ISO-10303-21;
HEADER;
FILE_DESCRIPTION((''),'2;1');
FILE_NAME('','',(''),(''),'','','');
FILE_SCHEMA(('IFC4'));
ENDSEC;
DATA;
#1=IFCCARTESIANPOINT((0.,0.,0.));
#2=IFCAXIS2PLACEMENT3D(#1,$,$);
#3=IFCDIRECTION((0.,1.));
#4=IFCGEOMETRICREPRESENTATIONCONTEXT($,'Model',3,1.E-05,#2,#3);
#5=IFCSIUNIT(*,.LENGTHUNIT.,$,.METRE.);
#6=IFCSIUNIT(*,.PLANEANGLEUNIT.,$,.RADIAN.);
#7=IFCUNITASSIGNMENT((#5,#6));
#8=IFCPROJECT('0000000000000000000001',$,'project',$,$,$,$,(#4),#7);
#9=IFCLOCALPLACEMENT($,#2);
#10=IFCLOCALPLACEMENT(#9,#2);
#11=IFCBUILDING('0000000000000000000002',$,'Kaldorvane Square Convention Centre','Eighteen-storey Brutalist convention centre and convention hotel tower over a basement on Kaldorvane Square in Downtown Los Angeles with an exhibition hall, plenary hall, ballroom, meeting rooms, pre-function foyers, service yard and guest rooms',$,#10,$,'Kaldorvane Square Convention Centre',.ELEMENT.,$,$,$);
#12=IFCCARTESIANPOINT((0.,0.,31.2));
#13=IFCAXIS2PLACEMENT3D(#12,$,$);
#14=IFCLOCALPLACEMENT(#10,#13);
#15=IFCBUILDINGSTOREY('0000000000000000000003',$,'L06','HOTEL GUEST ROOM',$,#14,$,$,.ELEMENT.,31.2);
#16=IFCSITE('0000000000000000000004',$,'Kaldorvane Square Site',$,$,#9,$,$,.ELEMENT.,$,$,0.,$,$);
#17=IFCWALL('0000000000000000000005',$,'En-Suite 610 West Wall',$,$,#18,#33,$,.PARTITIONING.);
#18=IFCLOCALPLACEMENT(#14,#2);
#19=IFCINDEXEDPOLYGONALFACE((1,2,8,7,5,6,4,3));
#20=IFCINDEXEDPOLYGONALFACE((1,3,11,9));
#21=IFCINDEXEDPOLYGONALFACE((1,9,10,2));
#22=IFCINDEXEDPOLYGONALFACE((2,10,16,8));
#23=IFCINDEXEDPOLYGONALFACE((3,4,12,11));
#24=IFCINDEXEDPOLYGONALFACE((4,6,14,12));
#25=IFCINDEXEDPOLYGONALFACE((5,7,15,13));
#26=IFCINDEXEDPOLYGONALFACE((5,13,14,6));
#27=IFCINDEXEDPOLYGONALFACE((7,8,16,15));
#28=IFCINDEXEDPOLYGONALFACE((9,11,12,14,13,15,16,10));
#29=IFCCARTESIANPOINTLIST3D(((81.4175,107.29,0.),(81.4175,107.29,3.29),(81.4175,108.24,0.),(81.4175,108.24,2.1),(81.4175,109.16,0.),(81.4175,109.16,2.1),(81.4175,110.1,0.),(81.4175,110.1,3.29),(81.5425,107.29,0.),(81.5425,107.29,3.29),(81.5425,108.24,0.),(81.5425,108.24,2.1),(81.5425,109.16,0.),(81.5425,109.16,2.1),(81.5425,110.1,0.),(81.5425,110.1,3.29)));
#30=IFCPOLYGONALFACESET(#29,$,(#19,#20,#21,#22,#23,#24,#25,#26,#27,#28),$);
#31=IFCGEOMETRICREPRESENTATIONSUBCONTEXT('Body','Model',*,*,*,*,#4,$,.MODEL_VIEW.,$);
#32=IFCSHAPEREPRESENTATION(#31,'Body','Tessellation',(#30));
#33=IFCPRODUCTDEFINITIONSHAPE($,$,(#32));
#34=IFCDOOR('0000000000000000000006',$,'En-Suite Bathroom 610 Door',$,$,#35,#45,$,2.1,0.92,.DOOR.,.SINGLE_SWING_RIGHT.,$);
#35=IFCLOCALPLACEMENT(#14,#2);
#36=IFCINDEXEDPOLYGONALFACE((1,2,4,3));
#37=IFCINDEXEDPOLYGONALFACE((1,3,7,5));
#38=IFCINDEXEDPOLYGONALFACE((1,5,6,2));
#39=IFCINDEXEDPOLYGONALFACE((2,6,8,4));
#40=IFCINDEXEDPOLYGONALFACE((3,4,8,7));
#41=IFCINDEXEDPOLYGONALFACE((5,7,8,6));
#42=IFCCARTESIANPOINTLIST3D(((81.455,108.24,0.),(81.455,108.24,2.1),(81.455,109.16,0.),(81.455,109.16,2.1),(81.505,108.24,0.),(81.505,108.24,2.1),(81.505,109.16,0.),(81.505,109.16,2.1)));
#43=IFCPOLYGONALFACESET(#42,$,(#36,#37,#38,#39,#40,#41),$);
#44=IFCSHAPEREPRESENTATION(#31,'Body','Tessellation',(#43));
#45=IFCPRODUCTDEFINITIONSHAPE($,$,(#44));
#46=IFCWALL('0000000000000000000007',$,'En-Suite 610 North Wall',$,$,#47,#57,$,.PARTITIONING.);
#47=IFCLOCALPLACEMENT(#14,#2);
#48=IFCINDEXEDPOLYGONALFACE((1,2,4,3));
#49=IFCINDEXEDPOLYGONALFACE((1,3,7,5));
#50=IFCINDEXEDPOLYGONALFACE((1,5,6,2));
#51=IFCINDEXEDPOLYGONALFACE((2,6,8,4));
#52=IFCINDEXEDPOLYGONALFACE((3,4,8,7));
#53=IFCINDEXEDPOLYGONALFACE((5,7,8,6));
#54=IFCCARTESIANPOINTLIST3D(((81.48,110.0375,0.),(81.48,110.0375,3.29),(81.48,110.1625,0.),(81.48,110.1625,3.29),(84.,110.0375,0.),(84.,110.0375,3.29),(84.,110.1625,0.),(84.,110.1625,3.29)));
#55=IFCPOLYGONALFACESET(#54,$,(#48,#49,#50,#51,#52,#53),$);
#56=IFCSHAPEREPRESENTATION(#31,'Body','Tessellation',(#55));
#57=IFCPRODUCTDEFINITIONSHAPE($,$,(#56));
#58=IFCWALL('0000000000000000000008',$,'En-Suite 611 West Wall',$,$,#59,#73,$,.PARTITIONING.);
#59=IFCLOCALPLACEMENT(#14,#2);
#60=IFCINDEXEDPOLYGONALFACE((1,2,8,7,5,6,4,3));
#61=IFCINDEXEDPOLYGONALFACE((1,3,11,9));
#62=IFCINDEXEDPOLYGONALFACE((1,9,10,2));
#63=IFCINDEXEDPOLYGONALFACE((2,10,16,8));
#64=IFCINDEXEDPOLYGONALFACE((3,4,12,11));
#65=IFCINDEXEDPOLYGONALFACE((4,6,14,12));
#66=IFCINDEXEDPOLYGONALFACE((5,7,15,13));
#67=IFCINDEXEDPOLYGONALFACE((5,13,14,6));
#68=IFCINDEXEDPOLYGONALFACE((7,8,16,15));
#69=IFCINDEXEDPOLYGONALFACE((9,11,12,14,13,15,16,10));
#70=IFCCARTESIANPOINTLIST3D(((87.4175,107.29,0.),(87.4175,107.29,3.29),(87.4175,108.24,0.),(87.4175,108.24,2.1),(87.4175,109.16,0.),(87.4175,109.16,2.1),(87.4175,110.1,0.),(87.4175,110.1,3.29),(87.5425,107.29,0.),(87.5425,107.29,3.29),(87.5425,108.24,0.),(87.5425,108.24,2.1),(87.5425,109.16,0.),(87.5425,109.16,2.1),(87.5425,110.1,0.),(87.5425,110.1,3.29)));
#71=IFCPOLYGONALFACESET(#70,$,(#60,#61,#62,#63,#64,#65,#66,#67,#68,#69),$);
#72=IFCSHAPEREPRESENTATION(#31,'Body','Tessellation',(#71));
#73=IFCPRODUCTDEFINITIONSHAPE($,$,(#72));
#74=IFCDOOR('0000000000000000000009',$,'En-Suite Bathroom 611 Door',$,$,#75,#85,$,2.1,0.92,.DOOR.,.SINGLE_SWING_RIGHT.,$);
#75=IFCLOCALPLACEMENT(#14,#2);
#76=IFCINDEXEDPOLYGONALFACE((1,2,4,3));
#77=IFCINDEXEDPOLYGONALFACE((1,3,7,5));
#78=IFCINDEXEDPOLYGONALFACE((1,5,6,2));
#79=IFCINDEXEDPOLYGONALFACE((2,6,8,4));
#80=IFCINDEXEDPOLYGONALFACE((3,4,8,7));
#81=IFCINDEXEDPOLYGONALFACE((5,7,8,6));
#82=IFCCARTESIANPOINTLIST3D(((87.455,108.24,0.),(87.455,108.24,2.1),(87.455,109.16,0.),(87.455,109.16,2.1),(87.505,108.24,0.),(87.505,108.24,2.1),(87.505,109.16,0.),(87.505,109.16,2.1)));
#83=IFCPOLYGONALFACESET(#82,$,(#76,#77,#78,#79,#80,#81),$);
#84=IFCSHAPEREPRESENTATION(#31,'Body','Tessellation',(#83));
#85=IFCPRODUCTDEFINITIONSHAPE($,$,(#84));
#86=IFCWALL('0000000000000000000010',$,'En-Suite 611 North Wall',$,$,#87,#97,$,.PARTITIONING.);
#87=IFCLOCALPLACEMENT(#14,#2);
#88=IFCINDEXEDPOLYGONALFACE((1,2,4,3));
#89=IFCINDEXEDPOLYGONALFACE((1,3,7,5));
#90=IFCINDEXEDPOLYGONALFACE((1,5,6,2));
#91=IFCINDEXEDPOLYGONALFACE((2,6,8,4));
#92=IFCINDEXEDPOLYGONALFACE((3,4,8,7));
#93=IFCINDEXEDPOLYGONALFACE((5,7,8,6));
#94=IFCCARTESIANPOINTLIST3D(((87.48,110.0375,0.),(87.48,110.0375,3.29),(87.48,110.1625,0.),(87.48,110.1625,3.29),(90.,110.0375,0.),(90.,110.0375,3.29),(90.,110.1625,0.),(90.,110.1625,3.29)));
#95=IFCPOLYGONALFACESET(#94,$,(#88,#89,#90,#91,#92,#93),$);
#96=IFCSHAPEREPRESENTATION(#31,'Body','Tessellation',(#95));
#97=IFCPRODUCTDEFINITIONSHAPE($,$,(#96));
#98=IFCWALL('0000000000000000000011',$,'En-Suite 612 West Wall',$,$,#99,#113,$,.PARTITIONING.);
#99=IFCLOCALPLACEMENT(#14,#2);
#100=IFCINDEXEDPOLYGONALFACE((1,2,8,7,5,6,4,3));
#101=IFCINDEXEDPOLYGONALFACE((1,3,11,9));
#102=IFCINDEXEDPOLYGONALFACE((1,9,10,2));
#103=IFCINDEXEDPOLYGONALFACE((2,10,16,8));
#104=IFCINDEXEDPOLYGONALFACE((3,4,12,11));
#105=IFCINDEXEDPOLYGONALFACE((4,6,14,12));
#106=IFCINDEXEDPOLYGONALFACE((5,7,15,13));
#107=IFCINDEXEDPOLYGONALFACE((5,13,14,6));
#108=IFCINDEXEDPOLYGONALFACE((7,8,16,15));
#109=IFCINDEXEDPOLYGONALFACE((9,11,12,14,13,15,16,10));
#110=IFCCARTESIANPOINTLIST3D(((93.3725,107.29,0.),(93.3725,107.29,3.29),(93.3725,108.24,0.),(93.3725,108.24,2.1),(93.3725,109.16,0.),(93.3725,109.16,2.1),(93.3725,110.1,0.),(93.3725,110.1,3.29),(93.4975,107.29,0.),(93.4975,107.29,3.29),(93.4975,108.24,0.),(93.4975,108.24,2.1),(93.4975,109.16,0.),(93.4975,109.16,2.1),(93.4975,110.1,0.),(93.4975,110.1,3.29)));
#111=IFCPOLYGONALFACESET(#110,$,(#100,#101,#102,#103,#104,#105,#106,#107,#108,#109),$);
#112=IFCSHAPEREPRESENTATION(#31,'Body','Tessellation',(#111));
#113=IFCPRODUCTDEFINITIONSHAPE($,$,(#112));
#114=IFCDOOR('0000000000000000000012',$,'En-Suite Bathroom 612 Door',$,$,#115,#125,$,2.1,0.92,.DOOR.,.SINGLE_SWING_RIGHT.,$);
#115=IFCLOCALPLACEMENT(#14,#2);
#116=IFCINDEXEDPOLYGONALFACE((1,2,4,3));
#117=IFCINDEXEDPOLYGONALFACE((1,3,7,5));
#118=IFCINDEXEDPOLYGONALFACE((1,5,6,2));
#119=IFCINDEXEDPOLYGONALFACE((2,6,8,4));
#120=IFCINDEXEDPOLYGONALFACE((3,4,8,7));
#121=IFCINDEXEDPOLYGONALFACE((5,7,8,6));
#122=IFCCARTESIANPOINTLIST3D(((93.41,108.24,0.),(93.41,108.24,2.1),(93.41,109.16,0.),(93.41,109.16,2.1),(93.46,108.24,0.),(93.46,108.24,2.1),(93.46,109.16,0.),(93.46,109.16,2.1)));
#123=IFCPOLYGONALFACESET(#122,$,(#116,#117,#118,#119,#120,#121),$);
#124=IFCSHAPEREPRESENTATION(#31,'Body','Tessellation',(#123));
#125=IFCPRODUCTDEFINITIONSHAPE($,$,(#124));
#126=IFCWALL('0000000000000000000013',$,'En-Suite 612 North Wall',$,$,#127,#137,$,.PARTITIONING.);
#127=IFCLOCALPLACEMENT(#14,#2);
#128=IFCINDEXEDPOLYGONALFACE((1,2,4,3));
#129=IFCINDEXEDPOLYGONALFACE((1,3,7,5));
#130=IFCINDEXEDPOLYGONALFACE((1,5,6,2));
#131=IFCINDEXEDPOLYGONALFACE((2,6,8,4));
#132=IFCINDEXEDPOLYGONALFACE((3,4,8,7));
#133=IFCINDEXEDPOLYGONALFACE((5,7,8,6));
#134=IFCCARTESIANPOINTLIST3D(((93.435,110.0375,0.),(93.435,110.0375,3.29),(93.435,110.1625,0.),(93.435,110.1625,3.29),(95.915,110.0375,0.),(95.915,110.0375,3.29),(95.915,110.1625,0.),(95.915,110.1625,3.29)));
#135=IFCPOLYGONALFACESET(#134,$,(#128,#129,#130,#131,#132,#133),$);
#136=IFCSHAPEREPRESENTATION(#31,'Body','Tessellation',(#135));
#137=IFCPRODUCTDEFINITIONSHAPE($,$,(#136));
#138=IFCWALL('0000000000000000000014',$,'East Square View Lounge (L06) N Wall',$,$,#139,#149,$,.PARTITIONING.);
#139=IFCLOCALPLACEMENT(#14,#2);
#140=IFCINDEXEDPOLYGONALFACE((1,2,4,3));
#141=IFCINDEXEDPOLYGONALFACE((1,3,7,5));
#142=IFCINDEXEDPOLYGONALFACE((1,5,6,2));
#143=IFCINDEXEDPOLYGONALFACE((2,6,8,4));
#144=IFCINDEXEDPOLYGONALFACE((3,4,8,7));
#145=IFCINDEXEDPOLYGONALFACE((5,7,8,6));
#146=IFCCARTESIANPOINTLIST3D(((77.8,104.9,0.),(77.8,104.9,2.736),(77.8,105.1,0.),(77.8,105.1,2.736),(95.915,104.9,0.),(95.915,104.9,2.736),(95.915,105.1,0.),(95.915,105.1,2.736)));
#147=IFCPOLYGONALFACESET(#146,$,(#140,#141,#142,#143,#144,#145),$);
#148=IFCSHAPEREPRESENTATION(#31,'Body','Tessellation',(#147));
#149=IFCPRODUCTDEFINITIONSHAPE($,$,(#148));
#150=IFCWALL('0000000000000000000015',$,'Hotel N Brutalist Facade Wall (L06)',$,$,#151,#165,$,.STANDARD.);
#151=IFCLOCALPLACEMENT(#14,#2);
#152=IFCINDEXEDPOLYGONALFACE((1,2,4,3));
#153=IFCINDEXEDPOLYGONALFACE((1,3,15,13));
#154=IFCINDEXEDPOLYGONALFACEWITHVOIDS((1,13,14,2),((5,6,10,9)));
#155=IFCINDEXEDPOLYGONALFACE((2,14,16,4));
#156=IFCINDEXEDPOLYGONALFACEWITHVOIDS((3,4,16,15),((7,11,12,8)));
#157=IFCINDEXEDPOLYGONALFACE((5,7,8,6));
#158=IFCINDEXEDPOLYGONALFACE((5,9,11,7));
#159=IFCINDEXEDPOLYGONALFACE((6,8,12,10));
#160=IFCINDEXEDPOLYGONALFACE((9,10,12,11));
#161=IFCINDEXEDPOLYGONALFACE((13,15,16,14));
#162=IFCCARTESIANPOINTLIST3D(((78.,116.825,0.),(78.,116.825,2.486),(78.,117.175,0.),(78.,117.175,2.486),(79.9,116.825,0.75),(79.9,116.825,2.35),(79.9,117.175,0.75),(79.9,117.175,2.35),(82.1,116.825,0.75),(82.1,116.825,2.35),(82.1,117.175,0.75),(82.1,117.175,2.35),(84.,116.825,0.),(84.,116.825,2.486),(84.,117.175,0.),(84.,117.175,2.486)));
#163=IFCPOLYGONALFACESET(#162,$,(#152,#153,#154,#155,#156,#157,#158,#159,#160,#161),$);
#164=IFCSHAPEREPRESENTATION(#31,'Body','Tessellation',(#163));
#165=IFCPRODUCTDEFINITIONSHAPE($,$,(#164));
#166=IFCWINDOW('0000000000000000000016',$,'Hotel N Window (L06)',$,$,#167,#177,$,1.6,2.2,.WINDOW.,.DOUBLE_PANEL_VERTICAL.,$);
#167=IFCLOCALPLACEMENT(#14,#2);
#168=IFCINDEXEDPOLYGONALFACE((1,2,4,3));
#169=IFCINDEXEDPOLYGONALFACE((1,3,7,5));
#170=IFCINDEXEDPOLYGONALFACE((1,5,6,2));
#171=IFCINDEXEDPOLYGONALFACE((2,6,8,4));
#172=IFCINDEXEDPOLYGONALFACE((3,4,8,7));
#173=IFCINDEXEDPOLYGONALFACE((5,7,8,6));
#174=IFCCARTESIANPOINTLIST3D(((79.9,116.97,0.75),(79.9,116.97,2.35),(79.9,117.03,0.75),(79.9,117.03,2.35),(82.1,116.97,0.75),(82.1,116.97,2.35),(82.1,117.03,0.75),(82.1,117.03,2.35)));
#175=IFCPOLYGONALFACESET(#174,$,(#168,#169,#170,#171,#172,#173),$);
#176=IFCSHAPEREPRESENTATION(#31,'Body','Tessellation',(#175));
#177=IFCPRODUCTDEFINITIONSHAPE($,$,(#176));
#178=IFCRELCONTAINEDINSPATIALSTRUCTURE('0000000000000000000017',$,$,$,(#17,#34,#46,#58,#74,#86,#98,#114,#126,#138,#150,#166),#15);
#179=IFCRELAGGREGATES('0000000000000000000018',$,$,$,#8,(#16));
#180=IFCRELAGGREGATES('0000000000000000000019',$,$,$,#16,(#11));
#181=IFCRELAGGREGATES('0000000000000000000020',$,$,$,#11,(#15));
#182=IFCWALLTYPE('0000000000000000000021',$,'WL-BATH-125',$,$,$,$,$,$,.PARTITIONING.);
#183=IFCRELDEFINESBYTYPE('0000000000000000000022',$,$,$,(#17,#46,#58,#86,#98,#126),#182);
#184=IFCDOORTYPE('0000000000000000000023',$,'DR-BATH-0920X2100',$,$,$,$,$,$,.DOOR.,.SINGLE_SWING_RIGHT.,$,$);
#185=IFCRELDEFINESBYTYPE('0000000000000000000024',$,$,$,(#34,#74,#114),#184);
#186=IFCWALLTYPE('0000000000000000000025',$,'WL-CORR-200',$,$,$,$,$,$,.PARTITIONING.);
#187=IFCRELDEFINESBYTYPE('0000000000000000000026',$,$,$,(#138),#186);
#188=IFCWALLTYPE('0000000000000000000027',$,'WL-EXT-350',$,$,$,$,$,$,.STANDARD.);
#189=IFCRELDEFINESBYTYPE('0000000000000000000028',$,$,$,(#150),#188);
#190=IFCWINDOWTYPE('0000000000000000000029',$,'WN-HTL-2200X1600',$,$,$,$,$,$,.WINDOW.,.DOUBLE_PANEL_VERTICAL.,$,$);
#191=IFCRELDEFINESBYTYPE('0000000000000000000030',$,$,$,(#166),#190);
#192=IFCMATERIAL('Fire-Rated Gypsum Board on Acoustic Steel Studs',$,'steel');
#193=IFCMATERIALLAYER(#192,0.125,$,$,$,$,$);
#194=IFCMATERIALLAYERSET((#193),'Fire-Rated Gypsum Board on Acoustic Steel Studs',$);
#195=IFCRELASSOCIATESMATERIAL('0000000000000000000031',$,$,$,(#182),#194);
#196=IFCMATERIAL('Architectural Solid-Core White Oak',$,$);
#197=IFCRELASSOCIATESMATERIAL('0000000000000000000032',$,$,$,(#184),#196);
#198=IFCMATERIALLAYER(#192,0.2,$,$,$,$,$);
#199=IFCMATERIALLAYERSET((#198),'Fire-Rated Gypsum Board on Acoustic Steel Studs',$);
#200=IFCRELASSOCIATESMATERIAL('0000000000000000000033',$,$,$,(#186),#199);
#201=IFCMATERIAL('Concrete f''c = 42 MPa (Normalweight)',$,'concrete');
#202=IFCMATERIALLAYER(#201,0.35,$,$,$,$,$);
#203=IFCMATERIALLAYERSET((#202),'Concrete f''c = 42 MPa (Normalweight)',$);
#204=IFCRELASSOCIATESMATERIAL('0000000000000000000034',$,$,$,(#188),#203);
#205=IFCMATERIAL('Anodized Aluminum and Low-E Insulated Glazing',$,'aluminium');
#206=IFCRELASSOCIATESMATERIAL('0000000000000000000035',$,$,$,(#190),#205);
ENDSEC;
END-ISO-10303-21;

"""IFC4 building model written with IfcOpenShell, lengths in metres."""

from ifc_helpers import new_model, si_unit, direction, frame, frame_2d, origin, place, context, subcontext, project, spatial, rectangle, extrude, material, layer, layer_set, type_object, element, fill, save


model = new_model("IFC4")

# Units and contexts
model_context = context("Model", 3, precision=1e-05, world=origin(), true_north=direction((0.0, 1.0)))
body_context = subcontext(model_context, "Body", "Model", "MODEL_VIEW")
ifc_project = project(units=[si_unit("LENGTHUNIT", "METRE"), si_unit("PLANEANGLEUNIT", "RADIAN")], contexts=[model_context])

# Site, building, storey
site_placement = place(None, origin())
site = spatial("IfcSite", under=ifc_project, at=site_placement, Name="Kaldorvane Square Site", CompositionType="ELEMENT", RefElevation=0.0)
building_placement = place(site_placement, origin())
building = spatial("IfcBuilding", under=site, at=building_placement, Name="Kaldorvane Square Convention Centre", Description="Eighteen-storey Brutalist convention centre and convention hotel tower over a basement on Kaldorvane Square in Downtown Los Angeles with an exhibition hall, plenary hall, ballroom, meeting rooms, pre-function foyers, service yard and guest rooms", LongName="Kaldorvane Square Convention Centre", CompositionType="ELEMENT")
storey_placement = place(building_placement, frame((0.0, 0.0, 31.2)))
storey = spatial("IfcBuildingStorey", under=building, at=storey_placement, Name="L06", Description="HOTEL GUEST ROOM", CompositionType="ELEMENT", Elevation=31.2)

# Shared definitions
ifc_material_1 = material(Name="Concrete f'c = 42 MPa (Normalweight)", Category="concrete")

# Wall, opening, door
ifc_material_2 = material(Name="Fire-Rated Gypsum Board on Acoustic Steel Studs", Category="steel")
ifc_layer_1 = layer(ifc_material_2, 0.125)
ifc_layer_set_1 = layer_set([ifc_layer_1], Name="Fire-Rated Gypsum Board on Acoustic Steel Studs")
wall_type_1 = type_object("IfcWallType", Name="WL-BATH-125", PredefinedType="PARTITIONING", material=ifc_layer_set_1)
wall_1_placement = place(storey_placement, frame((81.48, 107.29, 0.0), z_axis=(0.0, 0.0, 1.0), x_axis=(0.0, 1.0, 0.0)))
wall_1 = element("IfcWall", 1, at=wall_1_placement, inside=storey, type_object=wall_type_1, Name="En-Suite 610 West Wall", PredefinedType="PARTITIONING", context=body_context, shape_type="SweptSolid", body=[
    extrude(rectangle(XDim=2.81, YDim=0.125, at=frame_2d((1.405, 0.0))), origin(), (0.0, 0.0, 1.0), 3.29),
])
opening_1_placement = place(wall_1_placement, frame((0.95, 0.0, 0.0)))
opening_1 = element("IfcOpeningElement", 2, at=opening_1_placement, cuts=wall_1, PredefinedType="OPENING", context=body_context, shape_type="SweptSolid", body=[
    extrude(rectangle(XDim=0.92, YDim=2.1, at=frame_2d((0.46, 1.05))), frame((0.0, 0.0775, 0.0), z_axis=(0.0, -1.0, 0.0), x_axis=(1.0, 0.0, 0.0)), (0.0, 0.0, 1.0), 0.155),
])
ifc_material_3 = material(Name="Architectural Solid-Core White Oak")
door_type_1 = type_object("IfcDoorType", Name="DR-BATH-0920X2100", OperationType="SINGLE_SWING_RIGHT", PredefinedType="DOOR", material=ifc_material_3)
door_1_placement = place(opening_1_placement, origin())
door_1 = element("IfcDoor", 3, at=door_1_placement, inside=storey, type_object=door_type_1, Name="En-Suite Bathroom 610 Door", OperationType="SINGLE_SWING_RIGHT", OverallHeight=2.1, OverallWidth=0.92, PredefinedType="DOOR", context=body_context, shape_type="SweptSolid", body=[
    extrude(rectangle(XDim=0.92, YDim=2.1, at=frame_2d((0.46, 1.05))), frame((0.0, 0.025, 0.0), z_axis=(0.0, -1.0, 0.0), x_axis=(1.0, 0.0, 0.0)), (0.0, 0.0, 1.0), 0.05),
])
fill(opening_1, door_1)

# Wall
wall_2_placement = place(storey_placement, frame((81.48, 110.1, 0.0), z_axis=(0.0, 0.0, 1.0), x_axis=(1.0, 0.0, 0.0)))
element("IfcWall", 4, at=wall_2_placement, inside=storey, type_object=wall_type_1, Name="En-Suite 610 North Wall", PredefinedType="PARTITIONING", context=body_context, shape_type="SweptSolid", body=[
    extrude(rectangle(XDim=2.52, YDim=0.125, at=frame_2d((1.26, 0.0))), origin(), (0.0, 0.0, 1.0), 3.29),
])

# Wall, opening, door
wall_3_placement = place(storey_placement, frame((87.48, 107.29, 0.0), z_axis=(0.0, 0.0, 1.0), x_axis=(0.0, 1.0, 0.0)))
wall_3 = element("IfcWall", 5, at=wall_3_placement, inside=storey, type_object=wall_type_1, Name="En-Suite 611 West Wall", PredefinedType="PARTITIONING", context=body_context, shape_type="SweptSolid", body=[
    extrude(rectangle(XDim=2.81, YDim=0.125, at=frame_2d((1.405, 0.0))), origin(), (0.0, 0.0, 1.0), 3.29),
])
opening_2_placement = place(wall_3_placement, frame((0.95, 0.0, 0.0)))
opening_2 = element("IfcOpeningElement", 6, at=opening_2_placement, cuts=wall_3, PredefinedType="OPENING", context=body_context, shape_type="SweptSolid", body=[
    extrude(rectangle(XDim=0.92, YDim=2.1, at=frame_2d((0.46, 1.05))), frame((0.0, 0.0775, 0.0), z_axis=(0.0, -1.0, 0.0), x_axis=(1.0, 0.0, 0.0)), (0.0, 0.0, 1.0), 0.155),
])
door_2_placement = place(opening_2_placement, origin())
door_2 = element("IfcDoor", 7, at=door_2_placement, inside=storey, type_object=door_type_1, Name="En-Suite Bathroom 611 Door", OperationType="SINGLE_SWING_RIGHT", OverallHeight=2.1, OverallWidth=0.92, PredefinedType="DOOR", context=body_context, shape_type="SweptSolid", body=[
    extrude(rectangle(XDim=0.92, YDim=2.1, at=frame_2d((0.46, 1.05))), frame((0.0, 0.025, 0.0), z_axis=(0.0, -1.0, 0.0), x_axis=(1.0, 0.0, 0.0)), (0.0, 0.0, 1.0), 0.05),
])
fill(opening_2, door_2)

# Wall
wall_4_placement = place(storey_placement, frame((87.48, 110.1, 0.0), z_axis=(0.0, 0.0, 1.0), x_axis=(1.0, 0.0, 0.0)))
element("IfcWall", 8, at=wall_4_placement, inside=storey, type_object=wall_type_1, Name="En-Suite 611 North Wall", PredefinedType="PARTITIONING", context=body_context, shape_type="SweptSolid", body=[
    extrude(rectangle(XDim=2.52, YDim=0.125, at=frame_2d((1.26, 0.0))), origin(), (0.0, 0.0, 1.0), 3.29),
])

# Wall, opening, door
wall_5_placement = place(storey_placement, frame((93.435, 107.29, 0.0), z_axis=(0.0, 0.0, 1.0), x_axis=(0.0, 1.0, 0.0)))
wall_5 = element("IfcWall", 9, at=wall_5_placement, inside=storey, type_object=wall_type_1, Name="En-Suite 612 West Wall", PredefinedType="PARTITIONING", context=body_context, shape_type="SweptSolid", body=[
    extrude(rectangle(XDim=2.81, YDim=0.125, at=frame_2d((1.405, 0.0))), origin(), (0.0, 0.0, 1.0), 3.29),
])
opening_3_placement = place(wall_5_placement, frame((0.95, 0.0, 0.0)))
opening_3 = element("IfcOpeningElement", 10, at=opening_3_placement, cuts=wall_5, PredefinedType="OPENING", context=body_context, shape_type="SweptSolid", body=[
    extrude(rectangle(XDim=0.92, YDim=2.1, at=frame_2d((0.46, 1.05))), frame((0.0, 0.0775, 0.0), z_axis=(0.0, -1.0, 0.0), x_axis=(1.0, 0.0, 0.0)), (0.0, 0.0, 1.0), 0.155),
])
door_3_placement = place(opening_3_placement, origin())
door_3 = element("IfcDoor", 11, at=door_3_placement, inside=storey, type_object=door_type_1, Name="En-Suite Bathroom 612 Door", OperationType="SINGLE_SWING_RIGHT", OverallHeight=2.1, OverallWidth=0.92, PredefinedType="DOOR", context=body_context, shape_type="SweptSolid", body=[
    extrude(rectangle(XDim=0.92, YDim=2.1, at=frame_2d((0.46, 1.05))), frame((0.0, 0.025, 0.0), z_axis=(0.0, -1.0, 0.0), x_axis=(1.0, 0.0, 0.0)), (0.0, 0.0, 1.0), 0.05),
])
fill(opening_3, door_3)

# Walls
wall_6_placement = place(storey_placement, frame((93.435, 110.1, 0.0), z_axis=(0.0, 0.0, 1.0), x_axis=(1.0, 0.0, 0.0)))
element("IfcWall", 12, at=wall_6_placement, inside=storey, type_object=wall_type_1, Name="En-Suite 612 North Wall", PredefinedType="PARTITIONING", context=body_context, shape_type="SweptSolid", body=[
    extrude(rectangle(XDim=2.48, YDim=0.125, at=frame_2d((1.24, 0.0))), origin(), (0.0, 0.0, 1.0), 3.29),
])
ifc_layer_2 = layer(ifc_material_2, 0.2)
ifc_layer_set_2 = layer_set([ifc_layer_2], Name="Fire-Rated Gypsum Board on Acoustic Steel Studs")
wall_type_2 = type_object("IfcWallType", Name="WL-CORR-200", PredefinedType="PARTITIONING", material=ifc_layer_set_2)
wall_7_placement = place(storey_placement, frame((95.915, 105.0, 0.0), z_axis=(0.0, 0.0, 1.0), x_axis=(-1.0, 0.0, 0.0)))
element("IfcWall", 13, at=wall_7_placement, inside=storey, type_object=wall_type_2, Name="East Square View Lounge (L06) N Wall", PredefinedType="PARTITIONING", context=body_context, shape_type="SweptSolid", body=[
    extrude(rectangle(XDim=18.115, YDim=0.2, at=frame_2d((9.0575, 0.0))), origin(), (0.0, 0.0, 1.0), 2.736),
])

# Wall, opening, window
ifc_layer_3 = layer(ifc_material_1, 0.35)
ifc_layer_set_3 = layer_set([ifc_layer_3], Name="Concrete f'c = 42 MPa (Normalweight)")
wall_type_3 = type_object("IfcWallType", Name="WL-EXT-350", PredefinedType="STANDARD", material=ifc_layer_set_3)
wall_8_placement = place(storey_placement, frame((84.0, 117.0, 0.0), z_axis=(0.0, 0.0, 1.0), x_axis=(-1.0, 0.0, 0.0)))
wall_8 = element("IfcWall", 14, at=wall_8_placement, inside=storey, type_object=wall_type_3, Name="Hotel N Brutalist Facade Wall (L06)", PredefinedType="STANDARD", context=body_context, shape_type="SweptSolid", body=[
    extrude(rectangle(XDim=6.0, YDim=0.35, at=frame_2d((3.0, 0.0))), origin(), (0.0, 0.0, 1.0), 2.486),
])
opening_4_placement = place(wall_8_placement, frame((1.9, 0.0, 0.75)))
opening_4 = element("IfcOpeningElement", 15, at=opening_4_placement, cuts=wall_8, PredefinedType="OPENING", context=body_context, shape_type="SweptSolid", body=[
    extrude(rectangle(XDim=2.2, YDim=1.6, at=frame_2d((1.1, 0.8))), frame((0.0, 0.19, 0.0), z_axis=(0.0, -1.0, 0.0), x_axis=(1.0, 0.0, 0.0)), (0.0, 0.0, 1.0), 0.38),
])
ifc_material_4 = material(Name="Anodized Aluminum and Low-E Insulated Glazing", Category="aluminium")
window_type = type_object("IfcWindowType", Name="WN-HTL-2200X1600", PartitioningType="DOUBLE_PANEL_VERTICAL", PredefinedType="WINDOW", material=ifc_material_4)
window_1_placement = place(opening_4_placement, origin())
window_1 = element("IfcWindow", 16, at=window_1_placement, inside=storey, type_object=window_type, Name="Hotel N Window (L06)", OverallHeight=1.6, OverallWidth=2.2, PartitioningType="DOUBLE_PANEL_VERTICAL", PredefinedType="WINDOW", context=body_context, shape_type="SweptSolid", body=[
    extrude(rectangle(XDim=2.2, YDim=1.6, at=frame_2d((1.1, 0.8))), frame((0.0, 0.03, 0.0), z_axis=(0.0, -1.0, 0.0), x_axis=(1.0, 0.0, 0.0)), (0.0, 0.0, 1.0), 0.06),
])
fill(opening_4, window_1)

save(model, "model.ifc")
